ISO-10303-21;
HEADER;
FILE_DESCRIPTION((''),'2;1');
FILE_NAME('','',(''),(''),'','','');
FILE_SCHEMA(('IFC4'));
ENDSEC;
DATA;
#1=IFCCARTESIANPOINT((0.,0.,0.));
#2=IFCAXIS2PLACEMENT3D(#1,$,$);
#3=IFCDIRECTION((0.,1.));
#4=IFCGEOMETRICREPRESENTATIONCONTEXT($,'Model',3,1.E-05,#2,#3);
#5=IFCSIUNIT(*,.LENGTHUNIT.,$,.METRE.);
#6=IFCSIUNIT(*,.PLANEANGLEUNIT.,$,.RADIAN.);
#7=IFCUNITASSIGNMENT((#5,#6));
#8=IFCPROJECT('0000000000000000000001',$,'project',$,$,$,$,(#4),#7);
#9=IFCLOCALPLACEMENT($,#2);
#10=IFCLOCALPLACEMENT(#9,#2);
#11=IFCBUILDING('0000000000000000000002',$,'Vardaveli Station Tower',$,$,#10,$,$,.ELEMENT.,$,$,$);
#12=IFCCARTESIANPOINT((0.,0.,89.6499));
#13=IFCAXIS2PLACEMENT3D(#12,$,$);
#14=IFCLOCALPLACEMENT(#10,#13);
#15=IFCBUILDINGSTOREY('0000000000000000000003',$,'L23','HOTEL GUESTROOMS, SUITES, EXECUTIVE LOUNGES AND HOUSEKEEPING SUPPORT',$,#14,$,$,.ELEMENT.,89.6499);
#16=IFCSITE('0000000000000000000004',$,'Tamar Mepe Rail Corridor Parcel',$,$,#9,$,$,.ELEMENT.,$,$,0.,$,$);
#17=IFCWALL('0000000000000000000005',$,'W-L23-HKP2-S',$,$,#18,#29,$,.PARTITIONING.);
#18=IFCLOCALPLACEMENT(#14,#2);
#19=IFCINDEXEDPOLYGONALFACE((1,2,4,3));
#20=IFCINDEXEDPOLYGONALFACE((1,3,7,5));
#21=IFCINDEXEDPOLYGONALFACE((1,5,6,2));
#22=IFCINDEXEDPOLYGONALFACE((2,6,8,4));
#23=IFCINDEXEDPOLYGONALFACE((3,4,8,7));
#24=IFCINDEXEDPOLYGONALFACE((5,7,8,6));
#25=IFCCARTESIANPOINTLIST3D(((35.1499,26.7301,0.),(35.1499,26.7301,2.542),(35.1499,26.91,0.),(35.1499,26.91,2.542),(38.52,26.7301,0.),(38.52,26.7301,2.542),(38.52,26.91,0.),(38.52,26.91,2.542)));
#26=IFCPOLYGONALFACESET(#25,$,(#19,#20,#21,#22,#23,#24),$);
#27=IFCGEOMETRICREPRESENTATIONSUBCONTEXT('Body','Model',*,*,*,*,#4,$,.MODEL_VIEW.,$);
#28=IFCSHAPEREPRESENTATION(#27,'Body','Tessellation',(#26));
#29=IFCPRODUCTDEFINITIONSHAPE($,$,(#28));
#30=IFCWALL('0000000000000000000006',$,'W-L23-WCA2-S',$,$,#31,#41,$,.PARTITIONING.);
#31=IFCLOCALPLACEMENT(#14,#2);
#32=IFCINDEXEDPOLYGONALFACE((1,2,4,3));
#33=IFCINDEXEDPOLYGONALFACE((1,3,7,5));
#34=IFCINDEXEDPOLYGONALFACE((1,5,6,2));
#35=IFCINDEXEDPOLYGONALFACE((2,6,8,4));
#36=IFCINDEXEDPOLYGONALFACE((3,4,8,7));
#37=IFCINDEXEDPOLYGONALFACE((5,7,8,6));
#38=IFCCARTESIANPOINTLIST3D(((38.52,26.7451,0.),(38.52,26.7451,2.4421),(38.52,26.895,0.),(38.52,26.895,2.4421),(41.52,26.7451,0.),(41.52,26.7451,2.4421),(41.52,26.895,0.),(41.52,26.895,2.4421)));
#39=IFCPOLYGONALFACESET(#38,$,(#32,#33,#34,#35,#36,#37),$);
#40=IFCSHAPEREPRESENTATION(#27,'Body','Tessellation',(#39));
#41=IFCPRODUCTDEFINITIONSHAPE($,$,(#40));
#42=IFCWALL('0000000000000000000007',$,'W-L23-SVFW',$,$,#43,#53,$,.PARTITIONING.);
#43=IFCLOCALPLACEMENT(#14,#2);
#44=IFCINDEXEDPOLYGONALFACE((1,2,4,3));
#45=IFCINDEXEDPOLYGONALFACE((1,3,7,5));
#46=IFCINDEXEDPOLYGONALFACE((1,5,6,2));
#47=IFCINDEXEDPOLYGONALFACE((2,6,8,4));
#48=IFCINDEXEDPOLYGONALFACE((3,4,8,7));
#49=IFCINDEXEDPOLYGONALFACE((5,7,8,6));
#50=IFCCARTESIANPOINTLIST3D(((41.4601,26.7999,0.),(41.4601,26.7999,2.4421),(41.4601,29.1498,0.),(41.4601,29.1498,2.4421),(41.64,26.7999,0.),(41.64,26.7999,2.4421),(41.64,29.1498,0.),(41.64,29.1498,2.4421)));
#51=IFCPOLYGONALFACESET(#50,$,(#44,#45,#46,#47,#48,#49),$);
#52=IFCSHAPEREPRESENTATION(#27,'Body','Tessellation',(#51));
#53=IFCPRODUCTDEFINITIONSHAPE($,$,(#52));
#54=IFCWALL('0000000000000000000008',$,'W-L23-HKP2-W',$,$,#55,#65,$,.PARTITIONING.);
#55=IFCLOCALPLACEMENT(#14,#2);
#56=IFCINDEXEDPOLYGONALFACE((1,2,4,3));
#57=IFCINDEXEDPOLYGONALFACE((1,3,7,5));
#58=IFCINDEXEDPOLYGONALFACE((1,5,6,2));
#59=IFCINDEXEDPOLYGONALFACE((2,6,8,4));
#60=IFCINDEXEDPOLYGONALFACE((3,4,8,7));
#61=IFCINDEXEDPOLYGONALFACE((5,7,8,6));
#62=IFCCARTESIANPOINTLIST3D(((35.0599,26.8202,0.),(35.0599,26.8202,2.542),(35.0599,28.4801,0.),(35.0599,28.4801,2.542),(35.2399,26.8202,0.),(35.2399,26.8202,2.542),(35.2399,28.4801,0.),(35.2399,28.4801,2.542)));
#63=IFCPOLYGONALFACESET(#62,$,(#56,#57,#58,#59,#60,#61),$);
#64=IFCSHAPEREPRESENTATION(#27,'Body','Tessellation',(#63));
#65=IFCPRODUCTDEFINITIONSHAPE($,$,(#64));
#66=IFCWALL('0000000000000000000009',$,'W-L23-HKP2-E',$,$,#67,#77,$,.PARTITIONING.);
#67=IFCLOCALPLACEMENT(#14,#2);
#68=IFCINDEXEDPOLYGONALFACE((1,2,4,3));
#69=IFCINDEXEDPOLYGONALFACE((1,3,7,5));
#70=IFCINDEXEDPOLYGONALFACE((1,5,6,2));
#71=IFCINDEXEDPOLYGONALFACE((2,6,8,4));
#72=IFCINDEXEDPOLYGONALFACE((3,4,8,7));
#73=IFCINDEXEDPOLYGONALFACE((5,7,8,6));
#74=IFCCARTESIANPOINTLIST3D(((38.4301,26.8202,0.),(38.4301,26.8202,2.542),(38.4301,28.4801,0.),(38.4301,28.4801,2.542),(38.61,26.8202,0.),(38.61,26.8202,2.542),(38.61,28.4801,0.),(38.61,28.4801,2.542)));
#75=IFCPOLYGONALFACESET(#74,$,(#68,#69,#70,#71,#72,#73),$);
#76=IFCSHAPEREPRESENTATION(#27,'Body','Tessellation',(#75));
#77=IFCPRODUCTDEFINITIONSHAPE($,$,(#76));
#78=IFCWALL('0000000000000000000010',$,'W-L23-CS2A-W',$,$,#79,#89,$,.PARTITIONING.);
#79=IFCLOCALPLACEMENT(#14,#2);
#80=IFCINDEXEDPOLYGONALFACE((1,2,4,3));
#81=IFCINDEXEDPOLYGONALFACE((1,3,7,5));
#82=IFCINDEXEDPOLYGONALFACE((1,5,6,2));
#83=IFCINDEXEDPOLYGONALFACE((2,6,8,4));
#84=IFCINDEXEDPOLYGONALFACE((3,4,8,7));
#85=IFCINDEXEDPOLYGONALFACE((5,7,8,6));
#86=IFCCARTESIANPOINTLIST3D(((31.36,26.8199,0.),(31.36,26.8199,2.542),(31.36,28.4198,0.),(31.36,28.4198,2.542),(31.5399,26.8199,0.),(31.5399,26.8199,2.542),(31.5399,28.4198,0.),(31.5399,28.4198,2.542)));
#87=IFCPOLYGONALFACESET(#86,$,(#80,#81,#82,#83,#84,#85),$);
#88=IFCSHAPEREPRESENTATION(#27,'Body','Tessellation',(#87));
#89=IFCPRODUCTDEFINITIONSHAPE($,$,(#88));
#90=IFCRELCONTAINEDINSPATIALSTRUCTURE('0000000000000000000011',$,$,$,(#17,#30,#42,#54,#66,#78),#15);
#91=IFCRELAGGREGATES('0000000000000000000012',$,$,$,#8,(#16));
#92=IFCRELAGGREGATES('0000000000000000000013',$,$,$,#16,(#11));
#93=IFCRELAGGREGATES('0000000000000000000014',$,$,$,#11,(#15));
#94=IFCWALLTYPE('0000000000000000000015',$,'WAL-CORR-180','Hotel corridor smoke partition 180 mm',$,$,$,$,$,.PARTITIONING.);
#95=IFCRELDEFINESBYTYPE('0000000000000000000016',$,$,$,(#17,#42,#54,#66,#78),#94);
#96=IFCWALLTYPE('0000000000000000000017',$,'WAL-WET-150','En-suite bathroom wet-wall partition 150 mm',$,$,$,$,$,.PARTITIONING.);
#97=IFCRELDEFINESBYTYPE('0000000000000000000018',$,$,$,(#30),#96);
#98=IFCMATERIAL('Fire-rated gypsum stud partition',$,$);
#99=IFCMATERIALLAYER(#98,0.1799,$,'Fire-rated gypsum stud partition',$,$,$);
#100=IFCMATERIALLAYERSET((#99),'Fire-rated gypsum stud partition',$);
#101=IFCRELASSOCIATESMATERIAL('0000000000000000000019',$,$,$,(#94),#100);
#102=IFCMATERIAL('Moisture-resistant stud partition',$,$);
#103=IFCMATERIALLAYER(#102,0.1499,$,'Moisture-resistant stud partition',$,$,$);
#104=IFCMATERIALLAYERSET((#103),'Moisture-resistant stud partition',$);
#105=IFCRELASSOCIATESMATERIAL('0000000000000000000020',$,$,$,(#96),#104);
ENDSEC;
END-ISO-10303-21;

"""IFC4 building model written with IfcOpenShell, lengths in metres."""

from ifc_helpers import new_model, si_unit, direction, frame, frame_2d, origin, place, context, subcontext, project, spatial, rectangle, extrude, source, transform, mapped, material, layer, layer_set, type_object, element, save


model = new_model("IFC4")

# Units and contexts
model_context = context("Model", 3, precision=1e-05, world=origin(), true_north=direction((0.0, 1.0)))
body_context = subcontext(model_context, "Body", "Model", "MODEL_VIEW")
ifc_project = project(units=[si_unit("LENGTHUNIT", "METRE"), si_unit("PLANEANGLEUNIT", "RADIAN")], contexts=[model_context])

# Site, building, storey
site_placement = place(None, origin())
site = spatial("IfcSite", under=ifc_project, at=site_placement, Name="Tamar Mepe Rail Corridor Parcel", CompositionType="ELEMENT", RefElevation=0.0)
building_placement = place(site_placement, origin())
building = spatial("IfcBuilding", under=site, at=building_placement, Name="Vardaveli Station Tower", CompositionType="ELEMENT")
storey_placement = place(building_placement, frame((0.0, 0.0, 89.6499)))
storey = spatial("IfcBuildingStorey", under=building, at=storey_placement, Name="L23", Description="HOTEL GUESTROOMS, SUITES, EXECUTIVE LOUNGES AND HOUSEKEEPING SUPPORT", CompositionType="ELEMENT", Elevation=89.6499)

# Walls
ifc_material_1 = material(Name="Fire-rated gypsum stud partition")
ifc_layer_1 = layer(ifc_material_1, 0.1799, Name="Fire-rated gypsum stud partition")
ifc_layer_set_1 = layer_set([ifc_layer_1], Name="Fire-rated gypsum stud partition")
wall_type_1 = type_object("IfcWallType", Name="WAL-CORR-180", Description="Hotel corridor smoke partition 180 mm", PredefinedType="PARTITIONING", material=ifc_layer_set_1)
shared_shape_1 = source(origin(), body_context, "Body", "SweptSolid", [
    extrude(rectangle(XDim=3.3701, YDim=0.1799, at=frame_2d((1.6851, 0.0))), origin(), (0.0, 0.0, 1.0), 2.542),
])
wall_1_placement = place(storey_placement, frame((35.1499, 26.8201, 0.0), z_axis=(0.0, 0.0, 1.0), x_axis=(1.0, 0.0, 0.0)))
element("IfcWall", 1, at=wall_1_placement, inside=storey, type_object=wall_type_1, Name="W-L23-HKP2-S", PredefinedType="PARTITIONING", context=body_context, shape_type="MappedRepresentation", body=[
    mapped(shared_shape_1, transform((0.0, 0.0, 0.0), scale=1.0)),
])
ifc_material_2 = material(Name="Moisture-resistant stud partition")
ifc_layer_2 = layer(ifc_material_2, 0.1499, Name="Moisture-resistant stud partition")
ifc_layer_set_2 = layer_set([ifc_layer_2], Name="Moisture-resistant stud partition")
wall_type_2 = type_object("IfcWallType", Name="WAL-WET-150", Description="En-suite bathroom wet-wall partition 150 mm", PredefinedType="PARTITIONING", material=ifc_layer_set_2)
shared_shape_2 = source(origin(), body_context, "Body", "SweptSolid", [
    extrude(rectangle(XDim=3.0, YDim=0.1499, at=frame_2d((1.5, 0.0))), origin(), (0.0, 0.0, 1.0), 2.4421),
])
wall_2_placement = place(storey_placement, frame((38.52, 26.8201, 0.0), z_axis=(0.0, 0.0, 1.0), x_axis=(1.0, 0.0, 0.0)))
element("IfcWall", 2, at=wall_2_placement, inside=storey, type_object=wall_type_2, Name="W-L23-WCA2-S", PredefinedType="PARTITIONING", context=body_context, shape_type="MappedRepresentation", body=[
    mapped(shared_shape_2, transform((0.0, 0.0, 0.0), scale=1.0)),
])
shared_shape_3 = source(origin(), body_context, "Body", "SweptSolid", [
    extrude(rectangle(XDim=2.3499, YDim=0.1799, at=frame_2d((1.1748, 0.0))), origin(), (0.0, 0.0, 1.0), 2.4421),
])
wall_3_placement = place(storey_placement, frame((41.55, 26.8, 0.0), z_axis=(0.0, 0.0, 1.0), x_axis=(0.0, 1.0, 0.0)))
element("IfcWall", 3, at=wall_3_placement, inside=storey, type_object=wall_type_1, Name="W-L23-SVFW", PredefinedType="PARTITIONING", context=body_context, shape_type="MappedRepresentation", body=[
    mapped(shared_shape_3, transform((0.0, 0.0, 0.0), scale=1.0)),
])
shared_shape_4 = source(origin(), body_context, "Body", "SweptSolid", [
    extrude(rectangle(XDim=1.6599, YDim=0.1799, at=frame_2d((0.8301, 0.0))), origin(), (0.0, 0.0, 1.0), 2.542),
])
for number, where, z_axis, x_axis, name in (
    (4, (35.1499, 26.8201, 0.0), (0.0, 0.0, 1.0), (0.0, 1.0, 0.0), "W-L23-HKP2-W"),
    (5, (38.52, 26.8201, 0.0), (0.0, 0.0, 1.0), (0.0, 1.0, 0.0), "W-L23-HKP2-E"),
):
    element("IfcWall", number, at=place(storey_placement, frame(where, z_axis=z_axis, x_axis=x_axis)), inside=storey, type_object=wall_type_1, Name=name, PredefinedType="PARTITIONING", context=body_context, shape_type="MappedRepresentation", body=[
        mapped(shared_shape_4, transform((0.0, 0.0, 0.0), scale=1.0)),
    ])
shared_shape_5 = source(origin(), body_context, "Body", "SweptSolid", [
    extrude(rectangle(XDim=1.5999, YDim=0.1799, at=frame_2d((0.7998, 0.0))), origin(), (0.0, 0.0, 1.0), 2.542),
])
wall_4_placement = place(storey_placement, frame((31.45, 26.8201, 0.0), z_axis=(0.0, 0.0, 1.0), x_axis=(0.0, 1.0, 0.0)))
element("IfcWall", 6, at=wall_4_placement, inside=storey, type_object=wall_type_1, Name="W-L23-CS2A-W", PredefinedType="PARTITIONING", context=body_context, shape_type="MappedRepresentation", body=[
    mapped(shared_shape_5, transform((0.0, 0.0, 0.0), scale=1.0)),
])

save(model, "model.ifc")
